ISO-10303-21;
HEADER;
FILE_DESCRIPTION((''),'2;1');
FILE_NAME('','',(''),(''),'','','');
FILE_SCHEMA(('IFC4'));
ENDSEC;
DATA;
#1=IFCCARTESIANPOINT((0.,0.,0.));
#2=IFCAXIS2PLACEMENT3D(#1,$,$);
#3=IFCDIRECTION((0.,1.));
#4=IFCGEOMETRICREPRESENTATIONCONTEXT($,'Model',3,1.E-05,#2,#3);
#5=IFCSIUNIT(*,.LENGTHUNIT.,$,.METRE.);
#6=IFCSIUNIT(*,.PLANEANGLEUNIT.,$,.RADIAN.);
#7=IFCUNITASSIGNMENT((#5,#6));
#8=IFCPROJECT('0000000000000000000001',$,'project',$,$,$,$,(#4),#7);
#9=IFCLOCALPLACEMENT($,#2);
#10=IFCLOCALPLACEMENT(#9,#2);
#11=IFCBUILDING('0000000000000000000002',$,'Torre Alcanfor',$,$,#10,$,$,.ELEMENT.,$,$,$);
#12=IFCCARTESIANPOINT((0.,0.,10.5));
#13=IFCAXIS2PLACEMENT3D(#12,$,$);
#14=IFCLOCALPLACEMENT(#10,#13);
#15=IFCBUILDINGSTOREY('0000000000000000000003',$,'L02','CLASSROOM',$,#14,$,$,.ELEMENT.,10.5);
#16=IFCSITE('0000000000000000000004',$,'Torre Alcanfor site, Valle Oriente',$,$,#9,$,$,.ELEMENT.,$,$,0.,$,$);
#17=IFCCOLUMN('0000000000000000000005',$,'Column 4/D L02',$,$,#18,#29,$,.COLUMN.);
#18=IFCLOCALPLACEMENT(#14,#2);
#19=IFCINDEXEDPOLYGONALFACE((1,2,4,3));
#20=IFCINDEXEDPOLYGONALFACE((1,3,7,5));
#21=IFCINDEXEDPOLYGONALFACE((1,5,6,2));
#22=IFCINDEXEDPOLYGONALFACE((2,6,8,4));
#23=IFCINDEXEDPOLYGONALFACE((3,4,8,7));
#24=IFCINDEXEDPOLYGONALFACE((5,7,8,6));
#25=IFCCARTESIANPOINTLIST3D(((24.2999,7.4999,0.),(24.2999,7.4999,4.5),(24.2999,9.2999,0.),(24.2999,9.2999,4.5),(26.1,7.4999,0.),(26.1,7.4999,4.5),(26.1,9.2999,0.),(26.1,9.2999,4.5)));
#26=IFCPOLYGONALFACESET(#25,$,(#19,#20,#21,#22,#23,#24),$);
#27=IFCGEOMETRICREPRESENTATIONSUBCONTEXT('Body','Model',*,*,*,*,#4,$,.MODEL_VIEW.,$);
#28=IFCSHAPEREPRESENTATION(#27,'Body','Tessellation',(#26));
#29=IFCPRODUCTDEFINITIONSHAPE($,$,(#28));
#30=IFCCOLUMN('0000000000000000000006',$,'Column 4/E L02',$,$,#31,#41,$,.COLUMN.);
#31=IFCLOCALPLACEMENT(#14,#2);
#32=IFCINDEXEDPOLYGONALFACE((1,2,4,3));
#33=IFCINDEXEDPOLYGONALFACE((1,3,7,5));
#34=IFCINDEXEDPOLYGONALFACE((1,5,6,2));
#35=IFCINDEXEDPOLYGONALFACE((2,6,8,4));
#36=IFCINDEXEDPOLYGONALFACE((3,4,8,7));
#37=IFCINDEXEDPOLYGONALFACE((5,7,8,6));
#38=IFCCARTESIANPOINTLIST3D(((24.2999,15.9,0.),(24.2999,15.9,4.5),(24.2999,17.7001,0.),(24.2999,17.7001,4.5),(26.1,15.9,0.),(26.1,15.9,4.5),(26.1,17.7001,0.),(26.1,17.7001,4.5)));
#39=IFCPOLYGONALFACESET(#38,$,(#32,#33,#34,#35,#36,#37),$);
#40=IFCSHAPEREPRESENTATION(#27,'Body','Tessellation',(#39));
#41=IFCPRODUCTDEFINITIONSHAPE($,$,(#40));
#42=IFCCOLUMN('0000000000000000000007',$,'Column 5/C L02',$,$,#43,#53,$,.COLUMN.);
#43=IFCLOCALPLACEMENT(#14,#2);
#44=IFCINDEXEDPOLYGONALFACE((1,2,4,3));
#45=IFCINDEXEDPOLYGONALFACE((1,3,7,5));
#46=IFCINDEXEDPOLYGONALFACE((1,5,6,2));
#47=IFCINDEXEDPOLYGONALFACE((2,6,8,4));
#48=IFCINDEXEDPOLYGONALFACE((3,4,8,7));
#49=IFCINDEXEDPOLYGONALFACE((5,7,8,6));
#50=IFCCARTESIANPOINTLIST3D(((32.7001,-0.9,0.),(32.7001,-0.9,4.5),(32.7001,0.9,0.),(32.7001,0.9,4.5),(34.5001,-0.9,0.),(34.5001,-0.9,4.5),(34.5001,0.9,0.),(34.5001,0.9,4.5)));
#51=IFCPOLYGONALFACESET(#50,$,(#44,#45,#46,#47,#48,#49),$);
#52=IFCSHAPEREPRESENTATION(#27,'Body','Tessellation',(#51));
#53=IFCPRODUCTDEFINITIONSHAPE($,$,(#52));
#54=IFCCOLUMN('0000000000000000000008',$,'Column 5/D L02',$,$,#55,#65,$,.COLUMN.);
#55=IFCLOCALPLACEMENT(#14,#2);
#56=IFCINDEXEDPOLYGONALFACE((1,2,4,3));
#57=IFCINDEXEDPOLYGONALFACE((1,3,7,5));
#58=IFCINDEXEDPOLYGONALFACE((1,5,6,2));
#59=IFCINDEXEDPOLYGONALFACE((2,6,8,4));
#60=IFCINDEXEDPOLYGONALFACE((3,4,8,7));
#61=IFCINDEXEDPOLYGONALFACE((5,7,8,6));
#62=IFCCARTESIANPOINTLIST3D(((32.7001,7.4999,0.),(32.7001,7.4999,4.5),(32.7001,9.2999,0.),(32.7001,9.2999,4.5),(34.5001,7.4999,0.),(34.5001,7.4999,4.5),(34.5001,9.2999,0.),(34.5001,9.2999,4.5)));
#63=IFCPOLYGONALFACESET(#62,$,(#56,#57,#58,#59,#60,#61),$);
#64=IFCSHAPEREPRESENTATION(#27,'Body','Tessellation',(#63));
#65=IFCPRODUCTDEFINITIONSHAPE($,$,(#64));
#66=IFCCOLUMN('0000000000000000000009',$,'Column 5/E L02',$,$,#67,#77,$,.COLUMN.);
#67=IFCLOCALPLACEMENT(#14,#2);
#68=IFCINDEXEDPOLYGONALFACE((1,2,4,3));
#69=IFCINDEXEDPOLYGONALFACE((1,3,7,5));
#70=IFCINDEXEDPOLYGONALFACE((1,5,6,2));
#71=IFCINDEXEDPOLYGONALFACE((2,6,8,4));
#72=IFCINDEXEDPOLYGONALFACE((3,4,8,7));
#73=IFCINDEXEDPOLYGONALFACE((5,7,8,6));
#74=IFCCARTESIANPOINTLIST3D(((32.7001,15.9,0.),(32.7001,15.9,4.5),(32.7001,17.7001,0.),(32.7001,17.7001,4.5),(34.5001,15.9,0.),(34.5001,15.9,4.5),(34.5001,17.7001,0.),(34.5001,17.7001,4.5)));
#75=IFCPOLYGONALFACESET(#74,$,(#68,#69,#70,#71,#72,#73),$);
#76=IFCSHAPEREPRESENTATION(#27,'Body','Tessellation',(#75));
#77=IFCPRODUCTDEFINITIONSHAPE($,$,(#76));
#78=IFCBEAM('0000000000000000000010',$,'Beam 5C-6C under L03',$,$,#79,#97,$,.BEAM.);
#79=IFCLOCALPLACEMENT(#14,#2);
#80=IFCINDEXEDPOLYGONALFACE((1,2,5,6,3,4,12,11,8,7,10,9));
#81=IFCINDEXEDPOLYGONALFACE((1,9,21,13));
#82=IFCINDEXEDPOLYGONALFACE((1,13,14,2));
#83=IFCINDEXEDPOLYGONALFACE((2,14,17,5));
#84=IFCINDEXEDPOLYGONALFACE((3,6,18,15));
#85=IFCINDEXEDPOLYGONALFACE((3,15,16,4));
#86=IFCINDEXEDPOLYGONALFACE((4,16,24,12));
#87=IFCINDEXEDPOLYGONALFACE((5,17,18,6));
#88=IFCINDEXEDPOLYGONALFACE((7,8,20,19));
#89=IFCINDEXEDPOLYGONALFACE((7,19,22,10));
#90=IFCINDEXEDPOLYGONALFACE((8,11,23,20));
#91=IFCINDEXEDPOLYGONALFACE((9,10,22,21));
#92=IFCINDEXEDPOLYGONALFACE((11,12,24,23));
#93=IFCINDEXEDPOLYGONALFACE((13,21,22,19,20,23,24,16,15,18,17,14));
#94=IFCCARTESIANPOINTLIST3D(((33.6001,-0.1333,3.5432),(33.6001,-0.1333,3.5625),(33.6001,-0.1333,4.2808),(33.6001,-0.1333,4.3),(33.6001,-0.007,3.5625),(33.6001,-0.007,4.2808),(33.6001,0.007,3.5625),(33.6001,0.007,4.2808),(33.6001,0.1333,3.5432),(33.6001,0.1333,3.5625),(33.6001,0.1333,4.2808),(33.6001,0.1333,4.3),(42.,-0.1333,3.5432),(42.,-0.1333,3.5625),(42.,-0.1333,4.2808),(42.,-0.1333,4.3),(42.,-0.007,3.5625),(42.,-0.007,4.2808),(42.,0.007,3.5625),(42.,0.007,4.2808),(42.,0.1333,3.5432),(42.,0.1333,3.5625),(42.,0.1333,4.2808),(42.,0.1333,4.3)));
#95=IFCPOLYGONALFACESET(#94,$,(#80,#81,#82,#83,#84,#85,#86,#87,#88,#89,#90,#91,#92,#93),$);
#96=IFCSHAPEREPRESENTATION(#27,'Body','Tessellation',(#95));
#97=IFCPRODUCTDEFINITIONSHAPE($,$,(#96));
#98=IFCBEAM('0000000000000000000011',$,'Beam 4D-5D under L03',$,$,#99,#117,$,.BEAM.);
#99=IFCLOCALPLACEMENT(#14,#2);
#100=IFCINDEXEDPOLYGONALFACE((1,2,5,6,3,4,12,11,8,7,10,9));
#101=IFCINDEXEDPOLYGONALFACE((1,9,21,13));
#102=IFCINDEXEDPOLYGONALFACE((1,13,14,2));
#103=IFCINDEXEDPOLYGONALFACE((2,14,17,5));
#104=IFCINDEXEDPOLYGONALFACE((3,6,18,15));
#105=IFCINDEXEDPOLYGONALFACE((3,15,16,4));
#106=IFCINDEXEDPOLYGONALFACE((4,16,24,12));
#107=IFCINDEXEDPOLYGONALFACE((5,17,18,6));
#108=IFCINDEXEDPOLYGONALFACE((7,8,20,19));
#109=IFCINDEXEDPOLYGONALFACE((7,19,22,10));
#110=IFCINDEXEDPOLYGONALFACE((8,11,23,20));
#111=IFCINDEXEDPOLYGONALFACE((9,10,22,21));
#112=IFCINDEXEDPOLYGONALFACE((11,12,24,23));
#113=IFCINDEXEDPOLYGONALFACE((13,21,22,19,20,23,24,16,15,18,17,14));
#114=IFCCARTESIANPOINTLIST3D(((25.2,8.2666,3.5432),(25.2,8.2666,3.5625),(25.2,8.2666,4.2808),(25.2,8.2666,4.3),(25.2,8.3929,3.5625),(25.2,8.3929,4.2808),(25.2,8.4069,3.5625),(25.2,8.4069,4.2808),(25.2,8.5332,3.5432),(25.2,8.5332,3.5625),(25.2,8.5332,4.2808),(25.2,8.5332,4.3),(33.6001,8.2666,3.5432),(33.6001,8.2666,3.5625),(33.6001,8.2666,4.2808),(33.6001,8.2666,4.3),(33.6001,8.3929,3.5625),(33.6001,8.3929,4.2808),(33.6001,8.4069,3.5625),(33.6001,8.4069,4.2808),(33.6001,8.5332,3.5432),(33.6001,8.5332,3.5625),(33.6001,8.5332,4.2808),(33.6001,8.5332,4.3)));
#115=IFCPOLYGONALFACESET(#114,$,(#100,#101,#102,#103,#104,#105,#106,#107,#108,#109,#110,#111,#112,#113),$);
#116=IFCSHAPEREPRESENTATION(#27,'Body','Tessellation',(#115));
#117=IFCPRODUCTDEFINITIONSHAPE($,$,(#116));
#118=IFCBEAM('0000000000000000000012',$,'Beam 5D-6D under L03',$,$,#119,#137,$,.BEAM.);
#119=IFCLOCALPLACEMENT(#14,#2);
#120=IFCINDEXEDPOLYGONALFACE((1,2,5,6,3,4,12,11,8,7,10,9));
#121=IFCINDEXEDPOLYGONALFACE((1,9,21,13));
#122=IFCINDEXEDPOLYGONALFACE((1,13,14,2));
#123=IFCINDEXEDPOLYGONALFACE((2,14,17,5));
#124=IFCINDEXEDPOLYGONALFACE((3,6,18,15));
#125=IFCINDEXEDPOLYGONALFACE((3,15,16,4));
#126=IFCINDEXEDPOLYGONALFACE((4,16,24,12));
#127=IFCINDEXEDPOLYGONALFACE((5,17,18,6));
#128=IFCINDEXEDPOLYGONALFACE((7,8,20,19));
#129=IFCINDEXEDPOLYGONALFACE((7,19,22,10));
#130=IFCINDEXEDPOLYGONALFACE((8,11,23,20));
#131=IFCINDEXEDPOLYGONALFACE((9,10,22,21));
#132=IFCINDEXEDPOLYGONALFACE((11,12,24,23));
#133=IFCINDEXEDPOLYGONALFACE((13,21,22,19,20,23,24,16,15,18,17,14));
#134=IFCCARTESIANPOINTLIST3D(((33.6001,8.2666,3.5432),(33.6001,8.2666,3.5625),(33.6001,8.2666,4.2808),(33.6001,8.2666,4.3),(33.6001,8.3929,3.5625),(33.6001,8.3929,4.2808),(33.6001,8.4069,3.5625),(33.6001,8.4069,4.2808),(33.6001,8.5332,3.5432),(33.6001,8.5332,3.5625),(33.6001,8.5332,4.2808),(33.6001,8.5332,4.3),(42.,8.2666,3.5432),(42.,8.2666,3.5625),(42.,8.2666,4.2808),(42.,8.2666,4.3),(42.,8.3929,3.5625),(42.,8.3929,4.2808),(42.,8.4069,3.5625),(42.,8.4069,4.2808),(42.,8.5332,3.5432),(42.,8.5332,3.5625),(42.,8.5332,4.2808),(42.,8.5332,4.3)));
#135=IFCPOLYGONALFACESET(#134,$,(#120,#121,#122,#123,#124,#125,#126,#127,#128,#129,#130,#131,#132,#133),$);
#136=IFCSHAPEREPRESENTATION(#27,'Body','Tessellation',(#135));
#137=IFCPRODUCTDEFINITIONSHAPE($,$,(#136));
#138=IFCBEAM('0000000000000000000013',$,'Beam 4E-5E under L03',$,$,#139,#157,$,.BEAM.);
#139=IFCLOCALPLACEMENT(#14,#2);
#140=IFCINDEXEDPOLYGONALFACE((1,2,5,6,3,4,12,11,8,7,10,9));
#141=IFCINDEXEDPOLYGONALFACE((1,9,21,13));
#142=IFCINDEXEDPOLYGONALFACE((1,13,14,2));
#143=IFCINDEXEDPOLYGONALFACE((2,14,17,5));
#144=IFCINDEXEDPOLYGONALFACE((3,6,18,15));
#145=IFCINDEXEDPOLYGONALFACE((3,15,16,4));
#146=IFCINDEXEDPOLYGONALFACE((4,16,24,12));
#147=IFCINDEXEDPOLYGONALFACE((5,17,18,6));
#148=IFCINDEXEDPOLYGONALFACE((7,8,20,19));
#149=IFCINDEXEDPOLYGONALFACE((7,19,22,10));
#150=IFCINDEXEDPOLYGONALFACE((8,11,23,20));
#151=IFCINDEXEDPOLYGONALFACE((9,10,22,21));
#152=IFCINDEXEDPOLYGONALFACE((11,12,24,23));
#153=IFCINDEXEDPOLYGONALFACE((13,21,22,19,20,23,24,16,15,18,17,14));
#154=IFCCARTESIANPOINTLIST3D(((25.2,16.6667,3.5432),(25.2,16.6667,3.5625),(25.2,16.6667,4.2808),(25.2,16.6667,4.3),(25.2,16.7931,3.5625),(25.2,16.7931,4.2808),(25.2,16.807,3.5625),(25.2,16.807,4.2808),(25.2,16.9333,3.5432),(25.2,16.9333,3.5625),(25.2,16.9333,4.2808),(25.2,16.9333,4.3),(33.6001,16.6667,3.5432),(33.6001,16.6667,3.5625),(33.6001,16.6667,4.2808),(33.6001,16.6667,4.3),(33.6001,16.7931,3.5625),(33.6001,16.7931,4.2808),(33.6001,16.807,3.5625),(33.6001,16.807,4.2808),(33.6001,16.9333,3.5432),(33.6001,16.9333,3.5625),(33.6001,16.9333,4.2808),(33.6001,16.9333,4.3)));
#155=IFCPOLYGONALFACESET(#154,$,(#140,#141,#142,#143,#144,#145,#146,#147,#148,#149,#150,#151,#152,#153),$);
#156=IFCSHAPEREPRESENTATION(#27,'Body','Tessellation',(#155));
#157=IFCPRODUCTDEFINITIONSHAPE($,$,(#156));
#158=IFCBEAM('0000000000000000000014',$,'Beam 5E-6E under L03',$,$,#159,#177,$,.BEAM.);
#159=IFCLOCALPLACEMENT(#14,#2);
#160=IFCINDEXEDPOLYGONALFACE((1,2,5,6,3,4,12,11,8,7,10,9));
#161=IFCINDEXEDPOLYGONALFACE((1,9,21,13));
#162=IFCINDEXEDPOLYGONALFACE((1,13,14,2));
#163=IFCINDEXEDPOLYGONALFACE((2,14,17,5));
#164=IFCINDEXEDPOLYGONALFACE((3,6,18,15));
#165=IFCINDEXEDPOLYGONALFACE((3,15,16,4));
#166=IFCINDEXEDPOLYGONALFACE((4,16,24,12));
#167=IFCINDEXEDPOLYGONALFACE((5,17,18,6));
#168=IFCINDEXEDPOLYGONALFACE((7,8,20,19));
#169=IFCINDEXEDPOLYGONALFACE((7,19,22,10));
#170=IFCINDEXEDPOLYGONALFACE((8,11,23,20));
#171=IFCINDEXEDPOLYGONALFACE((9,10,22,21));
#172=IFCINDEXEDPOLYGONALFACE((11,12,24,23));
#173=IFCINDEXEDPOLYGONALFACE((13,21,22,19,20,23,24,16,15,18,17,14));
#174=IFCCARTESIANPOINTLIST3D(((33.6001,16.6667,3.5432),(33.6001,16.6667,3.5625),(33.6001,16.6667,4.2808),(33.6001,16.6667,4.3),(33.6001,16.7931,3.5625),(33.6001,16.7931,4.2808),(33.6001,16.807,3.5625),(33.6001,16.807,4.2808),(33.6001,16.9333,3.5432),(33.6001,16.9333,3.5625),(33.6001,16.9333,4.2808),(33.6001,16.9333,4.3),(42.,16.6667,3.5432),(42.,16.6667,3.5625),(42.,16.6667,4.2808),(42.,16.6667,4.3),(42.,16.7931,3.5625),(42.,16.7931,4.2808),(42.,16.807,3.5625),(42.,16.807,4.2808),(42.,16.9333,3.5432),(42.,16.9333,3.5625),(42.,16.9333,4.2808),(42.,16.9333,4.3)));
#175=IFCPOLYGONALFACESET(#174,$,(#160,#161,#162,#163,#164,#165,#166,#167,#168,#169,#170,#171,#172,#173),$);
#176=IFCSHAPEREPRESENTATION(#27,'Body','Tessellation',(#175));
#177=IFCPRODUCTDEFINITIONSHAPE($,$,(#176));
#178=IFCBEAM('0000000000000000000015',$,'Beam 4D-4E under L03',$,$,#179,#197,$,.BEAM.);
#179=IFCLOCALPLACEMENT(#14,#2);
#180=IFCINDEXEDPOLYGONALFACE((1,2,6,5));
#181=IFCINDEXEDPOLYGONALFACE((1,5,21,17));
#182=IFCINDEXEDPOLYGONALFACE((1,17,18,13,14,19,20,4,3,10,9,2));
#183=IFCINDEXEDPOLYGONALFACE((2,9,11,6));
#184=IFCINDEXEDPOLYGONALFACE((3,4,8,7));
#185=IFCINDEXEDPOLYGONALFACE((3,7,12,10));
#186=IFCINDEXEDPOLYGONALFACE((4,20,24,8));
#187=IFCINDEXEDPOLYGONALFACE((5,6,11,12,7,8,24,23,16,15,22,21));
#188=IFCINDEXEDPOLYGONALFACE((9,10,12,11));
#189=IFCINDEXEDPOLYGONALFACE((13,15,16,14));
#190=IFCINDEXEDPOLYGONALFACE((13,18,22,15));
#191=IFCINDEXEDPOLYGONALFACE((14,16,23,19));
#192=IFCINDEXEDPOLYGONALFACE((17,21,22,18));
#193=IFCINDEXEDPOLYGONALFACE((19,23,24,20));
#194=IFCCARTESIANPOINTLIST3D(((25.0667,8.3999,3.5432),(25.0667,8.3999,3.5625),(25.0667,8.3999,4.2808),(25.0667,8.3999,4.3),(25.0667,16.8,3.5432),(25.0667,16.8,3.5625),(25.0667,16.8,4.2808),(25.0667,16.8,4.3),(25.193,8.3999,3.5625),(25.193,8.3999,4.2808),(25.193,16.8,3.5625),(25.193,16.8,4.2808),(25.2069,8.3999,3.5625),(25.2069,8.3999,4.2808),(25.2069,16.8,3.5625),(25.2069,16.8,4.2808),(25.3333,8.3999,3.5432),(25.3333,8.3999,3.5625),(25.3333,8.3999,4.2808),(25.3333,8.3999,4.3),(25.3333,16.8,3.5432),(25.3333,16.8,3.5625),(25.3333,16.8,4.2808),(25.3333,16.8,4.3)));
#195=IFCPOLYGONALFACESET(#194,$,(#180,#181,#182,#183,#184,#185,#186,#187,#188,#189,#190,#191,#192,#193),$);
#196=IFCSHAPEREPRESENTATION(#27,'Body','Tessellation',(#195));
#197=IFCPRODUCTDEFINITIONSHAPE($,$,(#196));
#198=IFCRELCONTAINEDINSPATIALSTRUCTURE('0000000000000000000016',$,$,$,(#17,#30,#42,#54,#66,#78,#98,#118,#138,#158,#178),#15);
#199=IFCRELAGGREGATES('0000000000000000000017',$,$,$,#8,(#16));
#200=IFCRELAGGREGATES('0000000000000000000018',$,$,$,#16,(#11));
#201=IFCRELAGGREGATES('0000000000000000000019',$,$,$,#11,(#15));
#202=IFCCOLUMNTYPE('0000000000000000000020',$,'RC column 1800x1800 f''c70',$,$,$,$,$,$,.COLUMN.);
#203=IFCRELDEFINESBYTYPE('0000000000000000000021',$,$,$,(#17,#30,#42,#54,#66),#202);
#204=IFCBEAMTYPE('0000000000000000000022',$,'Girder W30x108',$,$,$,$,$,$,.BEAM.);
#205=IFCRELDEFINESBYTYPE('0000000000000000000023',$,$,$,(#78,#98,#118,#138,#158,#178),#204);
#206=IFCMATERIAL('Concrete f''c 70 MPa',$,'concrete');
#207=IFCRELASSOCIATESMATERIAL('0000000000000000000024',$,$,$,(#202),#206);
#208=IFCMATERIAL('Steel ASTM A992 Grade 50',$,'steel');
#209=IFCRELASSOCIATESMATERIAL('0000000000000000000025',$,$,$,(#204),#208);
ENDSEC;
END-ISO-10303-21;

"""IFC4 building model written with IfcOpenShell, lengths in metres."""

from ifc_helpers import new_model, si_unit, direction, frame, origin, origin_2d, place, context, subcontext, project, spatial, rectangle, i_section, extrude, material, material_profile, profile_set, type_object, element, save


model = new_model("IFC4")

# Units and contexts
model_context = context("Model", 3, precision=1e-05, world=origin(), true_north=direction((0.0, 1.0)))
body_context = subcontext(model_context, "Body", "Model", "MODEL_VIEW")
ifc_project = project(units=[si_unit("LENGTHUNIT", "METRE"), si_unit("PLANEANGLEUNIT", "RADIAN")], contexts=[model_context])

# Site, building, storey
site_placement = place(None, origin())
site = spatial("IfcSite", under=ifc_project, at=site_placement, Name="Torre Alcanfor site, Valle Oriente", CompositionType="ELEMENT", RefElevation=0.0)
building_placement = place(site_placement, origin())
building = spatial("IfcBuilding", under=site, at=building_placement, Name="Torre Alcanfor", CompositionType="ELEMENT")
storey_placement = place(building_placement, frame((0.0, 0.0, 10.5)))
storey = spatial("IfcBuildingStorey", under=building, at=storey_placement, Name="L02", Description="CLASSROOM", CompositionType="ELEMENT", Elevation=10.5)

# Columns
ifc_material_1 = material(Name="Concrete f'c 70 MPa", Category="concrete")
ifc_material_profile_1 = material_profile(ifc_material_1, rectangle(XDim=1.8, YDim=1.8, at=origin_2d()), Name="1800x1800")
ifc_profile_set_1 = profile_set([ifc_material_profile_1], Name="Concrete f'c 70 MPa")
column_type = type_object("IfcColumnType", Name="RC column 1800x1800 f'c70", PredefinedType="COLUMN", material=ifc_profile_set_1)
for number, where, z_axis, x_axis, name in (
    (1, (25.2, 8.3999, 0.0), (0.0, 0.0, 1.0), (1.0, 0.0, 0.0), "Column 4/D L02"),
    (2, (25.2, 16.8, 0.0), (0.0, 0.0, 1.0), (1.0, 0.0, 0.0), "Column 4/E L02"),
    (3, (33.6001, 0.0, 0.0), (0.0, 0.0, 1.0), (1.0, 0.0, 0.0), "Column 5/C L02"),
    (4, (33.6001, 8.3999, 0.0), (0.0, 0.0, 1.0), (1.0, 0.0, 0.0), "Column 5/D L02"),
    (5, (33.6001, 16.8, 0.0), (0.0, 0.0, 1.0), (1.0, 0.0, 0.0), "Column 5/E L02"),
):
    element("IfcColumn", number, at=place(storey_placement, frame(where, z_axis=z_axis, x_axis=x_axis)), inside=storey, type_object=column_type, Name=name, PredefinedType="COLUMN", context=body_context, shape_type="SweptSolid", body=[
        extrude(rectangle(XDim=1.8, YDim=1.8, at=origin_2d()), origin(), (0.0, 0.0, 1.0), 4.5),
    ])

# Beams
ifc_material_2 = material(Name="Steel ASTM A992 Grade 50", Category="steel")
ifc_material_profile_2 = material_profile(ifc_material_2, i_section(OverallWidth=0.2666, OverallDepth=0.7568, WebThickness=0.0139, FlangeThickness=0.0193, at=origin_2d()), Name="W30x108")
ifc_profile_set_2 = profile_set([ifc_material_profile_2], Name="Steel ASTM A992 Grade 50")
beam_type_1 = type_object("IfcBeamType", Name="Girder W30x108", PredefinedType="BEAM", material=ifc_profile_set_2)
beam_1_placement = place(storey_placement, frame((33.6001, 0.0, 3.9216), z_axis=(1.0, 0.0, 0.0), x_axis=(0.0, 1.0, 0.0)))
element("IfcBeam", 6, at=beam_1_placement, inside=storey, type_object=beam_type_1, Name="Beam 5C-6C under L03", PredefinedType="BEAM", context=body_context, shape_type="SweptSolid", body=[
    extrude(i_section(OverallWidth=0.2666, OverallDepth=0.7568, WebThickness=0.0139, FlangeThickness=0.0193, at=origin_2d()), origin(), (0.0, 0.0, 1.0), 8.3999),
])
beam_2_placement = place(storey_placement, frame((25.2, 8.3999, 3.9216), z_axis=(1.0, 0.0, 0.0), x_axis=(0.0, 1.0, 0.0)))
element("IfcBeam", 7, at=beam_2_placement, inside=storey, type_object=beam_type_1, Name="Beam 4D-5D under L03", PredefinedType="BEAM", context=body_context, shape_type="SweptSolid", body=[
    extrude(i_section(OverallWidth=0.2666, OverallDepth=0.7568, WebThickness=0.0139, FlangeThickness=0.0193, at=origin_2d()), origin(), (0.0, 0.0, 1.0), 8.4001),
])
beam_3_placement = place(storey_placement, frame((33.6001, 8.3999, 3.9216), z_axis=(1.0, 0.0, 0.0), x_axis=(0.0, 1.0, 0.0)))
element("IfcBeam", 8, at=beam_3_placement, inside=storey, type_object=beam_type_1, Name="Beam 5D-6D under L03", PredefinedType="BEAM", context=body_context, shape_type="SweptSolid", body=[
    extrude(i_section(OverallWidth=0.2666, OverallDepth=0.7568, WebThickness=0.0139, FlangeThickness=0.0193, at=origin_2d()), origin(), (0.0, 0.0, 1.0), 8.3999),
])
beam_4_placement = place(storey_placement, frame((25.2, 16.8, 3.9216), z_axis=(1.0, 0.0, 0.0), x_axis=(0.0, 1.0, 0.0)))
element("IfcBeam", 9, at=beam_4_placement, inside=storey, type_object=beam_type_1, Name="Beam 4E-5E under L03", PredefinedType="BEAM", context=body_context, shape_type="SweptSolid", body=[
    extrude(i_section(OverallWidth=0.2666, OverallDepth=0.7568, WebThickness=0.0139, FlangeThickness=0.0193, at=origin_2d()), origin(), (0.0, 0.0, 1.0), 8.4001),
])
beam_5_placement = place(storey_placement, frame((33.6001, 16.8, 3.9216), z_axis=(1.0, 0.0, 0.0), x_axis=(0.0, 1.0, 0.0)))
element("IfcBeam", 10, at=beam_5_placement, inside=storey, type_object=beam_type_1, Name="Beam 5E-6E under L03", PredefinedType="BEAM", context=body_context, shape_type="SweptSolid", body=[
    extrude(i_section(OverallWidth=0.2666, OverallDepth=0.7568, WebThickness=0.0139, FlangeThickness=0.0193, at=origin_2d()), origin(), (0.0, 0.0, 1.0), 8.3999),
])
beam_6_placement = place(storey_placement, frame((25.2, 8.3999, 3.9216), z_axis=(0.0, 1.0, 0.0), x_axis=(-1.0, 0.0, 0.0)))
element("IfcBeam", 11, at=beam_6_placement, inside=storey, type_object=beam_type_1, Name="Beam 4D-4E under L03", PredefinedType="BEAM", context=body_context, shape_type="SweptSolid", body=[
    extrude(i_section(OverallWidth=0.2666, OverallDepth=0.7568, WebThickness=0.0139, FlangeThickness=0.0193, at=origin_2d()), origin(), (0.0, 0.0, 1.0), 8.4001),
])

save(model, "model.ifc")
